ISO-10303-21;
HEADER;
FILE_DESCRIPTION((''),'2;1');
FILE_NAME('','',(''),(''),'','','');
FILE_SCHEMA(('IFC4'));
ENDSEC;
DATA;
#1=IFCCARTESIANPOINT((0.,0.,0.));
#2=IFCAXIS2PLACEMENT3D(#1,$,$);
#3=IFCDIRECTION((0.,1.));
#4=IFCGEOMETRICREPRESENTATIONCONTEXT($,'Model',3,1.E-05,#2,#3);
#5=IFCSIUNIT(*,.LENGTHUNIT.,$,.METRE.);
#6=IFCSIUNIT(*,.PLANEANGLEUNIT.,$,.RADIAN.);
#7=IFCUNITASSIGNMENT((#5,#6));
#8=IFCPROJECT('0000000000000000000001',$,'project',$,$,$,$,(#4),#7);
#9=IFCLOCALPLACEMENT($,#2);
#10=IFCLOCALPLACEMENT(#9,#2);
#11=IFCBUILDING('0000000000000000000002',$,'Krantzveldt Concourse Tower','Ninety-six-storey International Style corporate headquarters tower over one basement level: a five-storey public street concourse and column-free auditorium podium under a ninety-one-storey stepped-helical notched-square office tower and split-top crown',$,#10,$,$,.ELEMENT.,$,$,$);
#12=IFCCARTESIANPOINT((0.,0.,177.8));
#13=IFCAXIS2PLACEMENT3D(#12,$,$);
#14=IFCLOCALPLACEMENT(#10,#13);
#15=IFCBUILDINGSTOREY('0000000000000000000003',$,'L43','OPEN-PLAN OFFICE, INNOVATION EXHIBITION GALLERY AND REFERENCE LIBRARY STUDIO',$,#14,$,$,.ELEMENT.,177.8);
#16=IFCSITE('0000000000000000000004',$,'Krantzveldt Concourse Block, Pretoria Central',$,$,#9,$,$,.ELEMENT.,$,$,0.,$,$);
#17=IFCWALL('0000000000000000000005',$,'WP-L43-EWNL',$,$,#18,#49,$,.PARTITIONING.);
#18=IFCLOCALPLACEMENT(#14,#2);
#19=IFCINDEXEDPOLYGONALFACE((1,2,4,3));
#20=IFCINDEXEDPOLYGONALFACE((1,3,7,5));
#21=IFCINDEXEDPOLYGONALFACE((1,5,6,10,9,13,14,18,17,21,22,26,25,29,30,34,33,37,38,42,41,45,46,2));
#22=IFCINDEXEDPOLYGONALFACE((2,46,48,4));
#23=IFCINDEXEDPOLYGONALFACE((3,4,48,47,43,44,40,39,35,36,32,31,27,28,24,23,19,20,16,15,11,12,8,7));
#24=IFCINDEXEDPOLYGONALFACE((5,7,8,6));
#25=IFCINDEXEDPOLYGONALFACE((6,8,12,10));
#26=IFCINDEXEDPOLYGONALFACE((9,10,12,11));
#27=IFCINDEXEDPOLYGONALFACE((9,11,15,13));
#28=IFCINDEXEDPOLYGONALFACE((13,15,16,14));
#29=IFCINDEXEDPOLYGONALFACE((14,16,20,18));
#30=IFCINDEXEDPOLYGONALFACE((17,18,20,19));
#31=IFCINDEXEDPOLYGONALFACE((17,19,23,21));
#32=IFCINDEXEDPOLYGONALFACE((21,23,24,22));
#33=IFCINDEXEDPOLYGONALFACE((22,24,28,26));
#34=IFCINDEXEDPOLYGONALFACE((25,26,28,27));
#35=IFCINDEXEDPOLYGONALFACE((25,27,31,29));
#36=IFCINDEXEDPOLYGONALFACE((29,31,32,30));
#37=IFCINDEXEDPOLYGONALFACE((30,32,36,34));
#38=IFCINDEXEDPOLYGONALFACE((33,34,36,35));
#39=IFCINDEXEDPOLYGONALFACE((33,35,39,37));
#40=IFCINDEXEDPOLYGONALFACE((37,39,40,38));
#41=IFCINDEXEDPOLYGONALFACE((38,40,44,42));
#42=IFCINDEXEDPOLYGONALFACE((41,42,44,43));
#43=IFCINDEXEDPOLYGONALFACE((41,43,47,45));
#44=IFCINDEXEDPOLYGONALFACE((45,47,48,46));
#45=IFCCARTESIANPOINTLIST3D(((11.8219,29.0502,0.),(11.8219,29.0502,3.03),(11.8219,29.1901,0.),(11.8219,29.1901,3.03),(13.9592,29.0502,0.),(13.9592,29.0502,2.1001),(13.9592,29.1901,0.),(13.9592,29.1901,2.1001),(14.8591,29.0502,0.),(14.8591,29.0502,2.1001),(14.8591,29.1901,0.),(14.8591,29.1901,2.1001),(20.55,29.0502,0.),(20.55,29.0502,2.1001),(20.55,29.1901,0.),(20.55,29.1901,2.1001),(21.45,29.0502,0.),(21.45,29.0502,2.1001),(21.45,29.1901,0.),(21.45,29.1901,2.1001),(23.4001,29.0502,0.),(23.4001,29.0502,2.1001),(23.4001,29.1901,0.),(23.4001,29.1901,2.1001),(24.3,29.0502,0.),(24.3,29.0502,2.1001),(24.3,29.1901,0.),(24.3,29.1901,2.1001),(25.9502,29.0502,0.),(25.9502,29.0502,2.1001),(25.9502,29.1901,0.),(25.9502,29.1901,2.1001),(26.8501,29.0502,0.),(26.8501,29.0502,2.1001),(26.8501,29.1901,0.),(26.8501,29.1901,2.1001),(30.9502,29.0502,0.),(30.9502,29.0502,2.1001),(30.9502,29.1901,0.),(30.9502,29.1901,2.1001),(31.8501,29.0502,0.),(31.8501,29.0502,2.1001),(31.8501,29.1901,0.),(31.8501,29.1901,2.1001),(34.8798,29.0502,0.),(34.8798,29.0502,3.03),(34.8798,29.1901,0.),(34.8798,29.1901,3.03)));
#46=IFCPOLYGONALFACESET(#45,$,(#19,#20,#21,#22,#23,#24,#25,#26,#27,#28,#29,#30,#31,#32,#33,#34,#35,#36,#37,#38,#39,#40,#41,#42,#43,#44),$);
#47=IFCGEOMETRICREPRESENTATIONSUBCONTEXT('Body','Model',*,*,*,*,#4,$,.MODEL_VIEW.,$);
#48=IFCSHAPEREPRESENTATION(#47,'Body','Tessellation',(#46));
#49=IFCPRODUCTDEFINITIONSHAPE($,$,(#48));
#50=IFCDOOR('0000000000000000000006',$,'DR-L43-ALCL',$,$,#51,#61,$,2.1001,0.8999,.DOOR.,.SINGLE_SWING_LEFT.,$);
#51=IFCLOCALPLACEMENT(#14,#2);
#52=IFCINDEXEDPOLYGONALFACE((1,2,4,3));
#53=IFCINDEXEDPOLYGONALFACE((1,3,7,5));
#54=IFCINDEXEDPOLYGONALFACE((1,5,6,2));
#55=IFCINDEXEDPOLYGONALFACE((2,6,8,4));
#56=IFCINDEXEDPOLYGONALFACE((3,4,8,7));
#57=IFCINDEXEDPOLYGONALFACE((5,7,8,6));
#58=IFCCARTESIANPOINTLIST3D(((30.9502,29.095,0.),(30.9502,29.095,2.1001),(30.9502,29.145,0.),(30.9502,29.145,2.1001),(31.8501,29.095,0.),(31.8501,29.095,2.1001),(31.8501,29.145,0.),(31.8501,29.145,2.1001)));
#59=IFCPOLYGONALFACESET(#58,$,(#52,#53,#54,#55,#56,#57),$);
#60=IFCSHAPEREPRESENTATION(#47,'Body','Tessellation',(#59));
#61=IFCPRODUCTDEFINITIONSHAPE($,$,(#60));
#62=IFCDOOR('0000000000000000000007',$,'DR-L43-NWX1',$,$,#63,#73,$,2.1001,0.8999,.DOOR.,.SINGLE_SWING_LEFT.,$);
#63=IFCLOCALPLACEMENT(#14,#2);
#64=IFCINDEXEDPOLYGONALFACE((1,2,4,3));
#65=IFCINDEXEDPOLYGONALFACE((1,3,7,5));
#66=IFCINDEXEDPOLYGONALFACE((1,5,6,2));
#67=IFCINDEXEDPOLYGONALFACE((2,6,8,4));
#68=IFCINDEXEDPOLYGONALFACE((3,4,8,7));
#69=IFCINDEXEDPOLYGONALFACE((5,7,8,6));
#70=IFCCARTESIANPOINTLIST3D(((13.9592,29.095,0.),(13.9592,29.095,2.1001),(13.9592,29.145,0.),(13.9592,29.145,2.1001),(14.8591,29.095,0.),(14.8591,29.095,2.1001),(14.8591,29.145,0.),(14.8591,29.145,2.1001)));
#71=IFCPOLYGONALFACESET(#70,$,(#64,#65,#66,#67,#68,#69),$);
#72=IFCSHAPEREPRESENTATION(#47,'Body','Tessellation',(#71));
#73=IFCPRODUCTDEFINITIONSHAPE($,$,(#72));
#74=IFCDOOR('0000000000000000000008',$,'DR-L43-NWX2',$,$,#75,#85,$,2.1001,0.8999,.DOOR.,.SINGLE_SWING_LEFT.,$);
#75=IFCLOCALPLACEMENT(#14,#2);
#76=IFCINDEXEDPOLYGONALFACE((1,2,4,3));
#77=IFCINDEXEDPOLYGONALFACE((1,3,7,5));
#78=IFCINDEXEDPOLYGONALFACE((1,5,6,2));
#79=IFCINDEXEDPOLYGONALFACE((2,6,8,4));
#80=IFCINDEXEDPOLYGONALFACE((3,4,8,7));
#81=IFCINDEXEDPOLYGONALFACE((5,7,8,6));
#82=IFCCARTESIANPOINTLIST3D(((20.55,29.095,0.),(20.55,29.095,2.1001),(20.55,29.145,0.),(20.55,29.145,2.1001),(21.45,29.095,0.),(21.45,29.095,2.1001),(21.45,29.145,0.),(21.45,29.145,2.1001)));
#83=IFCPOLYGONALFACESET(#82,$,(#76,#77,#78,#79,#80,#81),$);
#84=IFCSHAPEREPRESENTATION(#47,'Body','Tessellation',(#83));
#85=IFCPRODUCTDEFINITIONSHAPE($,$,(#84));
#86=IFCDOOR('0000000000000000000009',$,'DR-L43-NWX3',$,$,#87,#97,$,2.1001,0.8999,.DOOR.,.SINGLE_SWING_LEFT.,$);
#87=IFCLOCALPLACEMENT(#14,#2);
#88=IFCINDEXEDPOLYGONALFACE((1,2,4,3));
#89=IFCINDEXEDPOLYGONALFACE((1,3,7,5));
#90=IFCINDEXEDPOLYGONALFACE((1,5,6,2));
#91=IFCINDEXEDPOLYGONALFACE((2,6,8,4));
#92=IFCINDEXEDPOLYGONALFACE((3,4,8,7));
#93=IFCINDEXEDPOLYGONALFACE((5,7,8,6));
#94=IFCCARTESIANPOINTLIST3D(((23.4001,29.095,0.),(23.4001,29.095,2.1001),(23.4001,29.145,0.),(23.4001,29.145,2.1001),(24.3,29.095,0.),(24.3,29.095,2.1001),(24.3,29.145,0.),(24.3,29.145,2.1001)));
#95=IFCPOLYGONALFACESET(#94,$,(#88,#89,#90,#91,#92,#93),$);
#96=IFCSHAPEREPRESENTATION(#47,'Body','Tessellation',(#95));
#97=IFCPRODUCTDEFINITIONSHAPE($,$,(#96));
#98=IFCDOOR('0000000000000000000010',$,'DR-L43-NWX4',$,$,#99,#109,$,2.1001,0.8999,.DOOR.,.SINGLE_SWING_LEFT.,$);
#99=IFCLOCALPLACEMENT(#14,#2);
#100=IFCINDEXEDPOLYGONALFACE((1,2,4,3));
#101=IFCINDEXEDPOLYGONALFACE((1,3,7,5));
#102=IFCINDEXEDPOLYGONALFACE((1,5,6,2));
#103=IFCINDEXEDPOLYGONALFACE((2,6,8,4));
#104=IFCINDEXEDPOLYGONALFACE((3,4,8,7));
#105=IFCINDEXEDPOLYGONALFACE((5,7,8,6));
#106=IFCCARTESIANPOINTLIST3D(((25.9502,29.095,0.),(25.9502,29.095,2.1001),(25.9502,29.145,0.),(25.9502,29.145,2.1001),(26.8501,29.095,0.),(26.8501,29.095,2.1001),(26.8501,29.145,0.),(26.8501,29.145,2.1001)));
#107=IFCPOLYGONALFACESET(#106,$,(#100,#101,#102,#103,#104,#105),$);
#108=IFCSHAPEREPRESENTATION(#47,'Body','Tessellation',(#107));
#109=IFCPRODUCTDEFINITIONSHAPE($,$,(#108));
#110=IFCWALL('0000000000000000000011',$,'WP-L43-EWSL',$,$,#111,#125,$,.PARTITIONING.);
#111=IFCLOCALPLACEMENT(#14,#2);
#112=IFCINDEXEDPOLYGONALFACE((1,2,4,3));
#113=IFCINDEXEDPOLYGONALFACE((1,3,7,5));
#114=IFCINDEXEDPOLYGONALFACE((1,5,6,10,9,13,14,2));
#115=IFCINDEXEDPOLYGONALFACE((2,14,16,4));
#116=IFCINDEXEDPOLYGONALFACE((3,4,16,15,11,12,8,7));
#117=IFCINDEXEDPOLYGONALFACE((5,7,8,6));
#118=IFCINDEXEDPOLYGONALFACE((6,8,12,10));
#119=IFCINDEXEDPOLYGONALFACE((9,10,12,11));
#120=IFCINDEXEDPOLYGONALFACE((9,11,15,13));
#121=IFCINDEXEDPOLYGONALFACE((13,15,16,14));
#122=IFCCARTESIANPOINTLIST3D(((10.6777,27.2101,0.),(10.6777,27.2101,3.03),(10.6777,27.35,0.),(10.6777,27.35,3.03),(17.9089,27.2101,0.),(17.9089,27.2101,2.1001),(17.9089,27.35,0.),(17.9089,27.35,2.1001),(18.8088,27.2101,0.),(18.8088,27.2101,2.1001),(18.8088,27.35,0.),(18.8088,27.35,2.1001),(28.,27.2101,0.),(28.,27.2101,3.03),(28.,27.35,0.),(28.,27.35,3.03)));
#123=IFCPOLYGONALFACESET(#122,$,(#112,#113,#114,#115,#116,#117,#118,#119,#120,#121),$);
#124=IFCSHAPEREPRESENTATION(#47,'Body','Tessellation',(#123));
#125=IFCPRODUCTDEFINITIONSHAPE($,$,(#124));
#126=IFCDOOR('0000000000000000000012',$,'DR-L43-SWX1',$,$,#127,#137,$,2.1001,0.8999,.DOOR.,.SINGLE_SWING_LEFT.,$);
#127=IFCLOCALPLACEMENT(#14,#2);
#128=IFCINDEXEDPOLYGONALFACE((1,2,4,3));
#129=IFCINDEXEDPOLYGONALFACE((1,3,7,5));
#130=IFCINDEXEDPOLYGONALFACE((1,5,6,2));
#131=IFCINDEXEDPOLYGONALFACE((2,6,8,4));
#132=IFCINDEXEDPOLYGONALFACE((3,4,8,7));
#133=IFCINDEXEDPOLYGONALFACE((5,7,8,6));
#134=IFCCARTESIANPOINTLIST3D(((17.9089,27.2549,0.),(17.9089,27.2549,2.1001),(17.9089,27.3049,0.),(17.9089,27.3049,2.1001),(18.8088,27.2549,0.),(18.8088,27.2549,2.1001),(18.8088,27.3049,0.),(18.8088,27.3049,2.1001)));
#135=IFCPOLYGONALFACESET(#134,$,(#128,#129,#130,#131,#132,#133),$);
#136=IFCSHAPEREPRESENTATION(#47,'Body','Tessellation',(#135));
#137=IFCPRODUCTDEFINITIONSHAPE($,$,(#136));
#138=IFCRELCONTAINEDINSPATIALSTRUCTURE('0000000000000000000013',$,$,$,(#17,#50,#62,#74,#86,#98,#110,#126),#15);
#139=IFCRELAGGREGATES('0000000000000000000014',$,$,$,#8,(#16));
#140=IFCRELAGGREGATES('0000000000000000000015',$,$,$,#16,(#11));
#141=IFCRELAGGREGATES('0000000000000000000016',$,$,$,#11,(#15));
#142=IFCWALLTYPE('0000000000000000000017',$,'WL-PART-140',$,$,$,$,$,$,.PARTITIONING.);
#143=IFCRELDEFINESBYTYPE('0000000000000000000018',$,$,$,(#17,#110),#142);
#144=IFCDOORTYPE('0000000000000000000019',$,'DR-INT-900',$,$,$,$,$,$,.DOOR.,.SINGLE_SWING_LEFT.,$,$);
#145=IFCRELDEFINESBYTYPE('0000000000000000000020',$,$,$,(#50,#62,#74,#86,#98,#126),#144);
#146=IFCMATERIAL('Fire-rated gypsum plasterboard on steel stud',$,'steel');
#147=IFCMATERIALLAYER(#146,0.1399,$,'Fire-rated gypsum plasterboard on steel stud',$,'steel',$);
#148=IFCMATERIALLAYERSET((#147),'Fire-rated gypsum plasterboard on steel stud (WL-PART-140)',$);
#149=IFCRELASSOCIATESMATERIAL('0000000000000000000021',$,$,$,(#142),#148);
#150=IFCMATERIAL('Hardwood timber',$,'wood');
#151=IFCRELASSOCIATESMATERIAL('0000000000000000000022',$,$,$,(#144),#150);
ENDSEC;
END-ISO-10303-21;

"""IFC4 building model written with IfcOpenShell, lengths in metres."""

from ifc_helpers import new_model, si_unit, direction, frame, frame_2d, origin, place, context, subcontext, project, spatial, rectangle, extrude, material, layer, layer_set, type_object, element, fill, save


model = new_model("IFC4")

# Units and contexts
model_context = context("Model", 3, precision=1e-05, world=origin(), true_north=direction((0.0, 1.0)))
body_context = subcontext(model_context, "Body", "Model", "MODEL_VIEW")
ifc_project = project(units=[si_unit("LENGTHUNIT", "METRE"), si_unit("PLANEANGLEUNIT", "RADIAN")], contexts=[model_context])

# Site, building, storey
site_placement = place(None, origin())
site = spatial("IfcSite", under=ifc_project, at=site_placement, Name="Krantzveldt Concourse Block, Pretoria Central", CompositionType="ELEMENT", RefElevation=0.0)
building_placement = place(site_placement, origin())
building = spatial("IfcBuilding", under=site, at=building_placement, Name="Krantzveldt Concourse Tower", Description="Ninety-six-storey International Style corporate headquarters tower over one basement level: a five-storey public street concourse and column-free auditorium podium under a ninety-one-storey stepped-helical notched-square office tower and split-top crown", CompositionType="ELEMENT")
storey_placement = place(building_placement, frame((0.0, 0.0, 177.8)))
storey = spatial("IfcBuildingStorey", under=building, at=storey_placement, Name="L43", Description="OPEN-PLAN OFFICE, INNOVATION EXHIBITION GALLERY AND REFERENCE LIBRARY STUDIO", CompositionType="ELEMENT", Elevation=177.8)

# Shared definitions
ifc_material_1 = material(Name="Fire-rated gypsum plasterboard on steel stud", Category="steel")

# Wall, openings, doors
ifc_layer_1 = layer(ifc_material_1, 0.1399, Name="Fire-rated gypsum plasterboard on steel stud", Category="steel")
ifc_layer_set_1 = layer_set([ifc_layer_1], Name="Fire-rated gypsum plasterboard on steel stud (WL-PART-140)")
wall_type_1 = type_object("IfcWallType", Name="WL-PART-140", PredefinedType="PARTITIONING", material=ifc_layer_set_1)
wall_1_placement = place(storey_placement, frame((11.822, 29.1201, 0.0), z_axis=(0.0, 0.0, 1.0), x_axis=(1.0, 0.0, 0.0)))
wall_1 = element("IfcWall", 1, at=wall_1_placement, inside=storey, type_object=wall_type_1, Name="WP-L43-EWNL", PredefinedType="PARTITIONING", context=body_context, shape_type="SweptSolid", body=[
    extrude(rectangle(XDim=23.0579, YDim=0.1399, at=frame_2d((11.5288, 0.0))), origin(), (0.0, 0.0, 1.0), 3.03),
])
opening_1_placement = place(wall_1_placement, frame((19.1282, 0.0, 0.0)))
opening_1 = element("IfcOpeningElement", 2, at=opening_1_placement, cuts=wall_1, PredefinedType="OPENING", context=body_context, shape_type="SweptSolid", body=[
    extrude(rectangle(XDim=0.8999, YDim=2.1001, at=frame_2d((0.45, 1.05))), frame((0.0, 0.0801, 0.0), z_axis=(0.0, -1.0, 0.0), x_axis=(1.0, 0.0, 0.0)), (0.0, 0.0, 1.0), 0.1599),
])
opening_2_placement = place(wall_1_placement, frame((2.1372, 0.0, 0.0)))
opening_2 = element("IfcOpeningElement", 3, at=opening_2_placement, cuts=wall_1, PredefinedType="OPENING", context=body_context, shape_type="SweptSolid", body=[
    extrude(rectangle(XDim=0.8999, YDim=2.1001, at=frame_2d((0.45, 1.05))), frame((0.0, 0.0801, 0.0), z_axis=(0.0, -1.0, 0.0), x_axis=(1.0, 0.0, 0.0)), (0.0, 0.0, 1.0), 0.1599),
])
opening_3_placement = place(wall_1_placement, frame((8.728, 0.0, 0.0)))
opening_3 = element("IfcOpeningElement", 4, at=opening_3_placement, cuts=wall_1, PredefinedType="OPENING", context=body_context, shape_type="SweptSolid", body=[
    extrude(rectangle(XDim=0.8999, YDim=2.1001, at=frame_2d((0.45, 1.05))), frame((0.0, 0.0801, 0.0), z_axis=(0.0, -1.0, 0.0), x_axis=(1.0, 0.0, 0.0)), (0.0, 0.0, 1.0), 0.1599),
])
opening_4_placement = place(wall_1_placement, frame((11.5781, 0.0, 0.0)))
opening_4 = element("IfcOpeningElement", 5, at=opening_4_placement, cuts=wall_1, PredefinedType="OPENING", context=body_context, shape_type="SweptSolid", body=[
    extrude(rectangle(XDim=0.8999, YDim=2.1001, at=frame_2d((0.45, 1.05))), frame((0.0, 0.0801, 0.0), z_axis=(0.0, -1.0, 0.0), x_axis=(1.0, 0.0, 0.0)), (0.0, 0.0, 1.0), 0.1599),
])
opening_5_placement = place(wall_1_placement, frame((14.1282, 0.0, 0.0)))
opening_5 = element("IfcOpeningElement", 6, at=opening_5_placement, cuts=wall_1, PredefinedType="OPENING", context=body_context, shape_type="SweptSolid", body=[
    extrude(rectangle(XDim=0.8999, YDim=2.1001, at=frame_2d((0.45, 1.05))), frame((0.0, 0.0801, 0.0), z_axis=(0.0, -1.0, 0.0), x_axis=(1.0, 0.0, 0.0)), (0.0, 0.0, 1.0), 0.1599),
])
ifc_material_2 = material(Name="Hardwood timber", Category="wood")
door_type = type_object("IfcDoorType", Name="DR-INT-900", OperationType="SINGLE_SWING_LEFT", PredefinedType="DOOR", material=ifc_material_2)
door_1_placement = place(opening_1_placement, origin())
door_1 = element("IfcDoor", 7, at=door_1_placement, inside=storey, type_object=door_type, Name="DR-L43-ALCL", OperationType="SINGLE_SWING_LEFT", OverallHeight=2.1001, OverallWidth=0.8999, PredefinedType="DOOR", context=body_context, shape_type="SweptSolid", body=[
    extrude(rectangle(XDim=0.8999, YDim=2.1001, at=frame_2d((0.45, 1.05))), frame((0.0, 0.0249, 0.0), z_axis=(0.0, -1.0, 0.0), x_axis=(1.0, 0.0, 0.0)), (0.0, 0.0, 1.0), 0.05),
])
fill(opening_1, door_1)
door_2_placement = place(opening_2_placement, origin())
door_2 = element("IfcDoor", 8, at=door_2_placement, inside=storey, type_object=door_type, Name="DR-L43-NWX1", OperationType="SINGLE_SWING_LEFT", OverallHeight=2.1001, OverallWidth=0.8999, PredefinedType="DOOR", context=body_context, shape_type="SweptSolid", body=[
    extrude(rectangle(XDim=0.8999, YDim=2.1001, at=frame_2d((0.45, 1.05))), frame((0.0, 0.0249, 0.0), z_axis=(0.0, -1.0, 0.0), x_axis=(1.0, 0.0, 0.0)), (0.0, 0.0, 1.0), 0.05),
])
fill(opening_2, door_2)
door_3_placement = place(opening_3_placement, origin())
door_3 = element("IfcDoor", 9, at=door_3_placement, inside=storey, type_object=door_type, Name="DR-L43-NWX2", OperationType="SINGLE_SWING_LEFT", OverallHeight=2.1001, OverallWidth=0.8999, PredefinedType="DOOR", context=body_context, shape_type="SweptSolid", body=[
    extrude(rectangle(XDim=0.8999, YDim=2.1001, at=frame_2d((0.45, 1.05))), frame((0.0, 0.0249, 0.0), z_axis=(0.0, -1.0, 0.0), x_axis=(1.0, 0.0, 0.0)), (0.0, 0.0, 1.0), 0.05),
])
fill(opening_3, door_3)
door_4_placement = place(opening_4_placement, origin())
door_4 = element("IfcDoor", 10, at=door_4_placement, inside=storey, type_object=door_type, Name="DR-L43-NWX3", OperationType="SINGLE_SWING_LEFT", OverallHeight=2.1001, OverallWidth=0.8999, PredefinedType="DOOR", context=body_context, shape_type="SweptSolid", body=[
    extrude(rectangle(XDim=0.8999, YDim=2.1001, at=frame_2d((0.45, 1.05))), frame((0.0, 0.0249, 0.0), z_axis=(0.0, -1.0, 0.0), x_axis=(1.0, 0.0, 0.0)), (0.0, 0.0, 1.0), 0.05),
])
fill(opening_4, door_4)
door_5_placement = place(opening_5_placement, origin())
door_5 = element("IfcDoor", 11, at=door_5_placement, inside=storey, type_object=door_type, Name="DR-L43-NWX4", OperationType="SINGLE_SWING_LEFT", OverallHeight=2.1001, OverallWidth=0.8999, PredefinedType="DOOR", context=body_context, shape_type="SweptSolid", body=[
    extrude(rectangle(XDim=0.8999, YDim=2.1001, at=frame_2d((0.45, 1.05))), frame((0.0, 0.0249, 0.0), z_axis=(0.0, -1.0, 0.0), x_axis=(1.0, 0.0, 0.0)), (0.0, 0.0, 1.0), 0.05),
])
fill(opening_5, door_5)

# Wall, opening, door
wall_2_placement = place(storey_placement, frame((10.6777, 27.28, 0.0), z_axis=(0.0, 0.0, 1.0), x_axis=(1.0, 0.0, 0.0)))
wall_2 = element("IfcWall", 12, at=wall_2_placement, inside=storey, type_object=wall_type_1, Name="WP-L43-EWSL", PredefinedType="PARTITIONING", context=body_context, shape_type="SweptSolid", body=[
    extrude(rectangle(XDim=17.3223, YDim=0.1399, at=frame_2d((8.6611, 0.0))), origin(), (0.0, 0.0, 1.0), 3.03),
])
opening_6_placement = place(wall_2_placement, frame((7.2312, 0.0, 0.0)))
opening_6 = element("IfcOpeningElement", 13, at=opening_6_placement, cuts=wall_2, PredefinedType="OPENING", context=body_context, shape_type="SweptSolid", body=[
    extrude(rectangle(XDim=0.8999, YDim=2.1001, at=frame_2d((0.45, 1.05))), frame((0.0, 0.0801, 0.0), z_axis=(0.0, -1.0, 0.0), x_axis=(1.0, 0.0, 0.0)), (0.0, 0.0, 1.0), 0.1599),
])
door_6_placement = place(opening_6_placement, origin())
door_6 = element("IfcDoor", 14, at=door_6_placement, inside=storey, type_object=door_type, Name="DR-L43-SWX1", OperationType="SINGLE_SWING_LEFT", OverallHeight=2.1001, OverallWidth=0.8999, PredefinedType="DOOR", context=body_context, shape_type="SweptSolid", body=[
    extrude(rectangle(XDim=0.8999, YDim=2.1001, at=frame_2d((0.45, 1.05))), frame((0.0, 0.0249, 0.0), z_axis=(0.0, -1.0, 0.0), x_axis=(1.0, 0.0, 0.0)), (0.0, 0.0, 1.0), 0.05),
])
fill(opening_6, door_6)

save(model, "model.ifc")
